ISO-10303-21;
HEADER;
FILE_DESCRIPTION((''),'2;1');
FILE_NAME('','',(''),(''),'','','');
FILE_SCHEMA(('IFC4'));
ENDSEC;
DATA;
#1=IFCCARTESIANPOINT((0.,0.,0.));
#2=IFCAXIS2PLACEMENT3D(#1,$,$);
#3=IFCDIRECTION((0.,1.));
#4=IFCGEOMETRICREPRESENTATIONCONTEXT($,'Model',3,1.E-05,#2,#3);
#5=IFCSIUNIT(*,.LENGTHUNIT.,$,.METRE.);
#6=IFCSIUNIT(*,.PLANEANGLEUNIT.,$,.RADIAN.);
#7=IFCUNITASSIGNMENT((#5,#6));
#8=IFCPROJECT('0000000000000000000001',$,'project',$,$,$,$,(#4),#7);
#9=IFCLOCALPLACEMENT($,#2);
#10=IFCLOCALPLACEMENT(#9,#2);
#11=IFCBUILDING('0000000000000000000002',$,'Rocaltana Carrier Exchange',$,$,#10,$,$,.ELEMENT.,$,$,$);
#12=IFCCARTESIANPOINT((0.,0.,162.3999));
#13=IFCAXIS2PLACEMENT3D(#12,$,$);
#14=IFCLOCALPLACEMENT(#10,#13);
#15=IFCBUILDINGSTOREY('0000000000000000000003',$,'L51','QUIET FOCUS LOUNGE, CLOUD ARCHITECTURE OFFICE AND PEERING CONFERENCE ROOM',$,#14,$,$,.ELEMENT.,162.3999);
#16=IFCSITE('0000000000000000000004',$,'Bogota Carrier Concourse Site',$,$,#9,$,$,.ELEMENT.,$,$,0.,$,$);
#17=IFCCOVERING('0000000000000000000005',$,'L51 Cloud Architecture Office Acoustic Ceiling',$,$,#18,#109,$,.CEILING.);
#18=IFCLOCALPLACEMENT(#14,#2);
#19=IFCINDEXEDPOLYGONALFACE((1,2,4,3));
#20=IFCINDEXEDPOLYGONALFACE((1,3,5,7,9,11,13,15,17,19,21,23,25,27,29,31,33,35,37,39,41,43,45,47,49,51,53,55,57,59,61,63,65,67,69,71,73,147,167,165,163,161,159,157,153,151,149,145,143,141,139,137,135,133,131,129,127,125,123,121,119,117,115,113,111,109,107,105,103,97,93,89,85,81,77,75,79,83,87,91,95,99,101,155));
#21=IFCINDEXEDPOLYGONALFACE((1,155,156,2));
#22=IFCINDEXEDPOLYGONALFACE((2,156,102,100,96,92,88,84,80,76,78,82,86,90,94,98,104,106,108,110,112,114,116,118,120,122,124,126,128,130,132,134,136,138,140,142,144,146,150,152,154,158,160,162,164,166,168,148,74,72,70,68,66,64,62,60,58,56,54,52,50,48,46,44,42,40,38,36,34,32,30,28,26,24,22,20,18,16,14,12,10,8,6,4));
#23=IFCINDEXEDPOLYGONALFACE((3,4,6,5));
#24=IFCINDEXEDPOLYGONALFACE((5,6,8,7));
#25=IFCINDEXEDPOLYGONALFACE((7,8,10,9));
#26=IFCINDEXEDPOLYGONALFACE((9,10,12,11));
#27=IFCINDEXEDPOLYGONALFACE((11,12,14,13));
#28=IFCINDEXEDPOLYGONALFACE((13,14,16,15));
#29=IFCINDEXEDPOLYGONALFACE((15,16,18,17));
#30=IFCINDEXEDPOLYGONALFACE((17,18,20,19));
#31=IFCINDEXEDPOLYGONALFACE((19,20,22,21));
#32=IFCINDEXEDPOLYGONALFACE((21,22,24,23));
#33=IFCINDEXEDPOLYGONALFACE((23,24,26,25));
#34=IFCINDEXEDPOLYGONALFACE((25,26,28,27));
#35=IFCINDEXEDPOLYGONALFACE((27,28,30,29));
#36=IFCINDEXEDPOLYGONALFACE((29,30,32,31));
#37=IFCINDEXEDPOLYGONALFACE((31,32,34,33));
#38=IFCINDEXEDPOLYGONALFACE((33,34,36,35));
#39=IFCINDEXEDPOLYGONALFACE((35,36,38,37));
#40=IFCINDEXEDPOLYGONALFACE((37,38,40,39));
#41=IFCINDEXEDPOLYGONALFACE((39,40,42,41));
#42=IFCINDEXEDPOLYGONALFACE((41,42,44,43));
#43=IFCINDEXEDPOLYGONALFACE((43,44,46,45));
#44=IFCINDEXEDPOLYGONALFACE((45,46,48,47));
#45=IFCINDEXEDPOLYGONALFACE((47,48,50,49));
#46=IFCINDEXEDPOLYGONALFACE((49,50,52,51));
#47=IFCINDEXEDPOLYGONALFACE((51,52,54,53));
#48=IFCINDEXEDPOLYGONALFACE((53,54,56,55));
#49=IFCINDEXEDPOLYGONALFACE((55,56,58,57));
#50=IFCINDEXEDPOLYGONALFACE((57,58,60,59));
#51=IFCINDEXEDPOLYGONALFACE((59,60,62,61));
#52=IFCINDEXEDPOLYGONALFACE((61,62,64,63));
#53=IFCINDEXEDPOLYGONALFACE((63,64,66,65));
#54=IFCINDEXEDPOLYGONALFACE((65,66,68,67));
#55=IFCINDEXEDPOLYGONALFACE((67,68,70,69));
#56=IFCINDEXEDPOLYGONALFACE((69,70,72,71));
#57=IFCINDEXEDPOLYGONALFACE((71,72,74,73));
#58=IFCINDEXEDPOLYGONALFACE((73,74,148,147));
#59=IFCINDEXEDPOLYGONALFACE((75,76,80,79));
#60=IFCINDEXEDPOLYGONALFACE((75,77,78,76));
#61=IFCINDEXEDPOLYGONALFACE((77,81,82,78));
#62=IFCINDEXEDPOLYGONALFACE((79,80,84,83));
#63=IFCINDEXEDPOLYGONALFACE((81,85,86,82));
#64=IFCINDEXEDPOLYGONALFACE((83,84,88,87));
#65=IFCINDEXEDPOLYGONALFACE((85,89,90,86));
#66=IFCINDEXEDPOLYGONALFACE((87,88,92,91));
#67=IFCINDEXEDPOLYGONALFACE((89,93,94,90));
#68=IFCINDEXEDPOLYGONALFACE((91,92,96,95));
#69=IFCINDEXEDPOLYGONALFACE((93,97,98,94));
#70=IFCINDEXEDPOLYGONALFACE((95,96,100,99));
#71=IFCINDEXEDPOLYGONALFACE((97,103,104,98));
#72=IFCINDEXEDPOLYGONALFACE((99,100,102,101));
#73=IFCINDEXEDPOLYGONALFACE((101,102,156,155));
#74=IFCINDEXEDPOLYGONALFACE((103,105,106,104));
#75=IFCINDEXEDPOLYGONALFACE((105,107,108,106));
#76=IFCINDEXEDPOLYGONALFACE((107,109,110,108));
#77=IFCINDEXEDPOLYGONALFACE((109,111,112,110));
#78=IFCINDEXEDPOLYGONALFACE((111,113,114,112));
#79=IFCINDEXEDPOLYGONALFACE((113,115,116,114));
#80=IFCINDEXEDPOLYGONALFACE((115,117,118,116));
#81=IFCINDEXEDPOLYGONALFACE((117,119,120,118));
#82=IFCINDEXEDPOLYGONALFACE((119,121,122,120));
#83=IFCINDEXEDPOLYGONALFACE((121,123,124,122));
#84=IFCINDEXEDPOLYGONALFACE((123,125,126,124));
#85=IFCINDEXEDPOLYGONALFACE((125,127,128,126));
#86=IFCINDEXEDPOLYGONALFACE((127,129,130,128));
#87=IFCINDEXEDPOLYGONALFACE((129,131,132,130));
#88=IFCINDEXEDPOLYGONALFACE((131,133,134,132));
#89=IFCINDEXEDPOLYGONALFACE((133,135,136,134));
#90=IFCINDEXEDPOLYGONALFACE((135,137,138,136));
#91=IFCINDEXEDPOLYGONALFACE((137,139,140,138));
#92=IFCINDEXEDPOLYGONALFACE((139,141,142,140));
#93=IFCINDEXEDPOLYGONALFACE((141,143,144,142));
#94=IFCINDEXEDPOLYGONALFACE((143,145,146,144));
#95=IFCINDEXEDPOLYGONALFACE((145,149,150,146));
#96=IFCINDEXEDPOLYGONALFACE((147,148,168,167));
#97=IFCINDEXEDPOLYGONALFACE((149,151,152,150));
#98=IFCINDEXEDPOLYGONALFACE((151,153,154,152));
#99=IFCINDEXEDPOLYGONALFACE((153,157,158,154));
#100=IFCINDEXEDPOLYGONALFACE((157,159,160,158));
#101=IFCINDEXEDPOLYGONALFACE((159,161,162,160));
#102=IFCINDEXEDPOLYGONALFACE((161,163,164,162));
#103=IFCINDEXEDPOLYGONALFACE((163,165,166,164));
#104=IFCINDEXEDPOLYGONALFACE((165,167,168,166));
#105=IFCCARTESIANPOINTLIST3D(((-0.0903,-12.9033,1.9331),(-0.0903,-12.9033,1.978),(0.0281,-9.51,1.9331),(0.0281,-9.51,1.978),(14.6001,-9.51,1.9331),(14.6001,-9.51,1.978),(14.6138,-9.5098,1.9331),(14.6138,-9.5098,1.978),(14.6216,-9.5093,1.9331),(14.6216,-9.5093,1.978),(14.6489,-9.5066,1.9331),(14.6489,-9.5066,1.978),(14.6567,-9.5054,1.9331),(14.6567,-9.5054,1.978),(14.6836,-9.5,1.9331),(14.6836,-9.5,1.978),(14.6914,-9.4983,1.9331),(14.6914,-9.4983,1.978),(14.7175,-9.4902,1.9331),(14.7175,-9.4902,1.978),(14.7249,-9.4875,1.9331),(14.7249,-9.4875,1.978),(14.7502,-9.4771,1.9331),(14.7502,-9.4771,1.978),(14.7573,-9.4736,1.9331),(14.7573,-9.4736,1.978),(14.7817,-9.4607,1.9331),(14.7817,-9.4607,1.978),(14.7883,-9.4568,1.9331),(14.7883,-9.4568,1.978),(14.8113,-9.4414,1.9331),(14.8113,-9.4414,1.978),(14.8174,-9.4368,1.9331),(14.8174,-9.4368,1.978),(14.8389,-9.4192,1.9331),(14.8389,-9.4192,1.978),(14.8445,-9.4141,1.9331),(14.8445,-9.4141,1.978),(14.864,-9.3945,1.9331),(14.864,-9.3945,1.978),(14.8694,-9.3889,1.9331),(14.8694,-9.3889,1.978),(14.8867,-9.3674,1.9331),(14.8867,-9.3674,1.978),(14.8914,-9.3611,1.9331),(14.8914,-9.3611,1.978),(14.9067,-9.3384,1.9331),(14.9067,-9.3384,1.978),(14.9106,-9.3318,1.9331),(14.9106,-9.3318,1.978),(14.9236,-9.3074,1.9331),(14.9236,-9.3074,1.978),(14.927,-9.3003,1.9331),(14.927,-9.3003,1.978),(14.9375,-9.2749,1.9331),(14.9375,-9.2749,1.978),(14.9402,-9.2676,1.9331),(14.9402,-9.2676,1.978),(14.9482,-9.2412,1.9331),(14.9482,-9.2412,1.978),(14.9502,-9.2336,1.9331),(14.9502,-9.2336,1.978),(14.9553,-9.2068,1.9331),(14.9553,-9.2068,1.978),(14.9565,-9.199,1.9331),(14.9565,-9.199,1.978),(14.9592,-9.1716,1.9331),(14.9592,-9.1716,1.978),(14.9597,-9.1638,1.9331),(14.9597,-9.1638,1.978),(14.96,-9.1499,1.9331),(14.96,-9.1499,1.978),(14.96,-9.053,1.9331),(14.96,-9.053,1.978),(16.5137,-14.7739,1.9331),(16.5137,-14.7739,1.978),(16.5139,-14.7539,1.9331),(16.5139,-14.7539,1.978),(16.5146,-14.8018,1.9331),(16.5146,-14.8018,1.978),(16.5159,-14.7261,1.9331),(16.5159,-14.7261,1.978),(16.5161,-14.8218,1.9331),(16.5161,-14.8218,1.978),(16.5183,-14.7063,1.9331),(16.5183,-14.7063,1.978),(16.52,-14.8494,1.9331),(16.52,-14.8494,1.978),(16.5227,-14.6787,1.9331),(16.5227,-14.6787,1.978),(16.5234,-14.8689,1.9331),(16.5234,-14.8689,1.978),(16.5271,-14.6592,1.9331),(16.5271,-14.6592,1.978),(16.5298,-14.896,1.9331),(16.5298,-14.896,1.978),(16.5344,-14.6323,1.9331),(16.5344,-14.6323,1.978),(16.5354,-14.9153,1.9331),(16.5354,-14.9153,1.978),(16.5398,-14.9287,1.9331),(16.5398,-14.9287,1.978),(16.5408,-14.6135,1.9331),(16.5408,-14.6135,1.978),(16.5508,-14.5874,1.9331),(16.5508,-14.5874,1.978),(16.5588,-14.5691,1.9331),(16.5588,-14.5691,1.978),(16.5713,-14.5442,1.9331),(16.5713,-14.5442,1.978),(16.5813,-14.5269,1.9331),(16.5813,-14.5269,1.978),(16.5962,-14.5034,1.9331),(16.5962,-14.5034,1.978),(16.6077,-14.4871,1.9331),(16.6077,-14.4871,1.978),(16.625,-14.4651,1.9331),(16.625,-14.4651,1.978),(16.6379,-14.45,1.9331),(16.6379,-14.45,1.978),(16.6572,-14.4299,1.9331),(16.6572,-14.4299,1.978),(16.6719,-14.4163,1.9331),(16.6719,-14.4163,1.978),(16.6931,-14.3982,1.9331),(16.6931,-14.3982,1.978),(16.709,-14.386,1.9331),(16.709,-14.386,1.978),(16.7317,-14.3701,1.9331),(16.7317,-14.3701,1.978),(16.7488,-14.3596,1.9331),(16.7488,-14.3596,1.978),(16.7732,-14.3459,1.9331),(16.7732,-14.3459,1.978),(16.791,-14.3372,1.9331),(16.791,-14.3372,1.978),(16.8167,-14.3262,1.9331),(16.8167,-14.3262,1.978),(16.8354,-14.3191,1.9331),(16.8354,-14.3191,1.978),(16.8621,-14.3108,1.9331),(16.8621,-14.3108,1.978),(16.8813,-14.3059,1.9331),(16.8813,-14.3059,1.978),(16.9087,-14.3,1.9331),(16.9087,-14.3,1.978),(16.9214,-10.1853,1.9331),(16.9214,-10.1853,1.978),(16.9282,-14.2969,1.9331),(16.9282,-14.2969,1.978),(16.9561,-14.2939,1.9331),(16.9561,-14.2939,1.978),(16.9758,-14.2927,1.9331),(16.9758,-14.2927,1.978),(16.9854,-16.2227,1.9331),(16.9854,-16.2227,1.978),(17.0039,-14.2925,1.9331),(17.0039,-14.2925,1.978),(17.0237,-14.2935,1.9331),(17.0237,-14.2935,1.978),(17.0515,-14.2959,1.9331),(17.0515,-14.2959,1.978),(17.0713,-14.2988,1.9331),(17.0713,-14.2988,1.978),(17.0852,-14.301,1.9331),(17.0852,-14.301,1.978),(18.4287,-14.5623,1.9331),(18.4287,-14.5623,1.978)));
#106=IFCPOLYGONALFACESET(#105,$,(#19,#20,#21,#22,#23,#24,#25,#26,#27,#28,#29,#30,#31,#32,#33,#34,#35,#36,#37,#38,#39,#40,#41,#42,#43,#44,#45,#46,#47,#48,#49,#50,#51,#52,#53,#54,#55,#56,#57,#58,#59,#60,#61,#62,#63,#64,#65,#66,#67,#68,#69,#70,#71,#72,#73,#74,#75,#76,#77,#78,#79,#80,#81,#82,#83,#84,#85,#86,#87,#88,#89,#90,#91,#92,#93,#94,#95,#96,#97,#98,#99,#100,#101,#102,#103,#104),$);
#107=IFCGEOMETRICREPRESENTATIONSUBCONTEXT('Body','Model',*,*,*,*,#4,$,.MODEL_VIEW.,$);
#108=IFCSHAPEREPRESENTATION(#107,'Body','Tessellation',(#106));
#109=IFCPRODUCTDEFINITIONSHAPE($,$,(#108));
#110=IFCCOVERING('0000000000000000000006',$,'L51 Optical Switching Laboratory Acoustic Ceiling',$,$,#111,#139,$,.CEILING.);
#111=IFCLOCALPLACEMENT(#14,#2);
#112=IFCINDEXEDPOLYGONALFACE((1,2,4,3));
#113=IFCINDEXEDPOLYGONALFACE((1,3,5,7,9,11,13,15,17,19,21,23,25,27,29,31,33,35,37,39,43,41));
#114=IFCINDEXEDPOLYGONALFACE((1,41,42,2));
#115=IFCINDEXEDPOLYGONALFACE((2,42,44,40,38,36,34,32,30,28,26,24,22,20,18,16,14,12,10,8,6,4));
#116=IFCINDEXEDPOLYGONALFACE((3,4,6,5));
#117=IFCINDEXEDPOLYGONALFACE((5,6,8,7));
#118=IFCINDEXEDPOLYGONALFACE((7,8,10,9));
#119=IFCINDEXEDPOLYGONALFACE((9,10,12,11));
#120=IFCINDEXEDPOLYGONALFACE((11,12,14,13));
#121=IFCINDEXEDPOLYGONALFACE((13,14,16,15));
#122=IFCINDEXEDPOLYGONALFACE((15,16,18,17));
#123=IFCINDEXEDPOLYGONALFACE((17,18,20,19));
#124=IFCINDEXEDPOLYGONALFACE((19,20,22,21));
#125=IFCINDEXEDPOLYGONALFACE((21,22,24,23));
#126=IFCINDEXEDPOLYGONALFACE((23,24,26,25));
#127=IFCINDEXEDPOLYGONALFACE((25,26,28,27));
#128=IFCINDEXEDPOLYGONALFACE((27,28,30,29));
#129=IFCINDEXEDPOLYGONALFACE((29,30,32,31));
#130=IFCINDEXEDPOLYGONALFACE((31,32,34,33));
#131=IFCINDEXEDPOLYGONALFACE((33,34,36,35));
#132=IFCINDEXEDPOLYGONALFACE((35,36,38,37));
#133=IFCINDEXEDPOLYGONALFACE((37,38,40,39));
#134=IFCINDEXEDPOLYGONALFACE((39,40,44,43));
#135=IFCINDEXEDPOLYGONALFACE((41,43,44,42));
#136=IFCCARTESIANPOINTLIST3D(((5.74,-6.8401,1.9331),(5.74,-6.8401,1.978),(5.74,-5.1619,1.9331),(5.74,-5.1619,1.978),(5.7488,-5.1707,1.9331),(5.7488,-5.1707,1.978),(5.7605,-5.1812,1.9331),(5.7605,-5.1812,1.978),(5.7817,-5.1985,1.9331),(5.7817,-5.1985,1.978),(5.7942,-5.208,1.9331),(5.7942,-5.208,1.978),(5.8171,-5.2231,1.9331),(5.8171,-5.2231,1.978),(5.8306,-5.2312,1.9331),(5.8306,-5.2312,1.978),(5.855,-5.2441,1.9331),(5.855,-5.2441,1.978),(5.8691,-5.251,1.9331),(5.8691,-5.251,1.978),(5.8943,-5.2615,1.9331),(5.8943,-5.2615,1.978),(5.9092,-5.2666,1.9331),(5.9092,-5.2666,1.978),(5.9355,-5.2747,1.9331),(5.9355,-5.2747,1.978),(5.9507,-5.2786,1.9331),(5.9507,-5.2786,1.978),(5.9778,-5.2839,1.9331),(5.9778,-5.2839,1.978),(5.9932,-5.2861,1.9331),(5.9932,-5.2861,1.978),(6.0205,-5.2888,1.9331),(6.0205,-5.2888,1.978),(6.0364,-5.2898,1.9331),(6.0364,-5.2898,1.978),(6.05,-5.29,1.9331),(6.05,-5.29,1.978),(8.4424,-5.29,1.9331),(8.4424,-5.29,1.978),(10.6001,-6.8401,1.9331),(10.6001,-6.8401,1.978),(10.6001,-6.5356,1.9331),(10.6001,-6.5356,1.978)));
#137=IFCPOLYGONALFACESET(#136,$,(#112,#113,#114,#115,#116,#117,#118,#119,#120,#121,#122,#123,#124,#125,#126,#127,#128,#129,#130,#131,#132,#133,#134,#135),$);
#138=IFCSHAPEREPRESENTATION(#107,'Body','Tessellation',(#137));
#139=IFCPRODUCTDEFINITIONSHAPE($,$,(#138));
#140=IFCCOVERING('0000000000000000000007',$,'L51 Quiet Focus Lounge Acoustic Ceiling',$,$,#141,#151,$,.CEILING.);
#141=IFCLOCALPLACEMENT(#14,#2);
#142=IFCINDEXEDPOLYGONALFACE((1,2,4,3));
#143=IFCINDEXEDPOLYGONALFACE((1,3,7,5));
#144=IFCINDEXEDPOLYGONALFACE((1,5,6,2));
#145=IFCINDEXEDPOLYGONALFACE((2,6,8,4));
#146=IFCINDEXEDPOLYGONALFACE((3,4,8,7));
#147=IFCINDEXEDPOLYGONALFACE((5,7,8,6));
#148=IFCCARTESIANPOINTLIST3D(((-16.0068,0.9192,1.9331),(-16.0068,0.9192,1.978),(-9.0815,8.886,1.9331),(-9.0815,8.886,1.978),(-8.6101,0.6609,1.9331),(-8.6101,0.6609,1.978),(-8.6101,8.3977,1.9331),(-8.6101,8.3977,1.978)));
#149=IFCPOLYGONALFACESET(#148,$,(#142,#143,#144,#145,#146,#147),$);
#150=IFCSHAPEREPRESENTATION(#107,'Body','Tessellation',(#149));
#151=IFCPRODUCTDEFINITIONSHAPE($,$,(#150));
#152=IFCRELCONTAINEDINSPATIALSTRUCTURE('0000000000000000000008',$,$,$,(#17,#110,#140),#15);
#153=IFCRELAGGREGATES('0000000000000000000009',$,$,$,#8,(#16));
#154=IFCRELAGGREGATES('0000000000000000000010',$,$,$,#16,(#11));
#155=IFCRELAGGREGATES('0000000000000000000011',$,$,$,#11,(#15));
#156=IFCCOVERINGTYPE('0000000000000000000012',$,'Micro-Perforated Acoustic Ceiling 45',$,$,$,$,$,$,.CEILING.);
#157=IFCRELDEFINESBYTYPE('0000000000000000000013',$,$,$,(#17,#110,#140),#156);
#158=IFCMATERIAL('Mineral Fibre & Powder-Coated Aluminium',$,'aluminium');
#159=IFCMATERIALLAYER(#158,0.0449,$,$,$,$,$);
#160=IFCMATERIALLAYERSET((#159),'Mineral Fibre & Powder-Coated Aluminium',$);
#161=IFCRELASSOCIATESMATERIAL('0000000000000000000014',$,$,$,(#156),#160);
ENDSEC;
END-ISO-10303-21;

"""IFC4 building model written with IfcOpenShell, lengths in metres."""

from ifc_helpers import new_model, si_unit, direction, frame, origin, place, context, subcontext, project, spatial, polyline, outline, extrude, material, layer, layer_set, type_object, element, save


model = new_model("IFC4")

# Units and contexts
model_context = context("Model", 3, precision=1e-05, world=origin(), true_north=direction((0.0, 1.0)))
body_context = subcontext(model_context, "Body", "Model", "MODEL_VIEW")
ifc_project = project(units=[si_unit("LENGTHUNIT", "METRE"), si_unit("PLANEANGLEUNIT", "RADIAN")], contexts=[model_context])

# Site, building, storey
site_placement = place(None, origin())
site = spatial("IfcSite", under=ifc_project, at=site_placement, Name="Bogota Carrier Concourse Site", CompositionType="ELEMENT", RefElevation=0.0)
building_placement = place(site_placement, origin())
building = spatial("IfcBuilding", under=site, at=building_placement, Name="Rocaltana Carrier Exchange", CompositionType="ELEMENT")
storey_placement = place(building_placement, frame((0.0, 0.0, 162.3999)))
storey = spatial("IfcBuildingStorey", under=building, at=storey_placement, Name="L51", Description="QUIET FOCUS LOUNGE, CLOUD ARCHITECTURE OFFICE AND PEERING CONFERENCE ROOM", CompositionType="ELEMENT", Elevation=162.3999)

# Coverings
ifc_material_1 = material(Name="Mineral Fibre & Powder-Coated Aluminium", Category="aluminium")
ifc_layer_1 = layer(ifc_material_1, 0.0449)
ifc_layer_set_1 = layer_set([ifc_layer_1], Name="Mineral Fibre & Powder-Coated Aluminium")
covering_type_1 = type_object("IfcCoveringType", Name="Micro-Perforated Acoustic Ceiling 45", PredefinedType="CEILING", material=ifc_layer_set_1)
covering_1_placement = place(storey_placement, frame((0.0, 0.0, 1.9331)))
element("IfcCovering", 1, at=covering_1_placement, inside=storey, type_object=covering_type_1, Name="L51 Cloud Architecture Office Acoustic Ceiling", PredefinedType="CEILING", context=body_context, shape_type="SweptSolid", body=[
    extrude(outline(polyline([(18.4287, -14.5623), (17.0852, -14.301), (17.0713, -14.2988), (17.0515, -14.2959), (17.0237, -14.2935), (17.0039, -14.2925), (16.9758, -14.2927), (16.9561, -14.2939), (16.9282, -14.2969), (16.9087, -14.3), (16.8813, -14.3059), (16.8621, -14.3108), (16.8354, -14.3191), (16.8167, -14.3262), (16.791, -14.3372), (16.7732, -14.3459), (16.7488, -14.3596), (16.7317, -14.3701), (16.709, -14.386), (16.6931, -14.3982), (16.6719, -14.4163), (16.6572, -14.4299), (16.6379, -14.45), (16.625, -14.4651), (16.6077, -14.4871), (16.5962, -14.5034), (16.5813, -14.5269), (16.5713, -14.5442), (16.5588, -14.5691), (16.5508, -14.5874), (16.5408, -14.6135), (16.5344, -14.6323), (16.5271, -14.6592), (16.5227, -14.6787), (16.5183, -14.7063), (16.5159, -14.7261), (16.5139, -14.7539), (16.5137, -14.7739), (16.5146, -14.8018), (16.5161, -14.8218), (16.52, -14.8494), (16.5234, -14.8689), (16.5298, -14.896), (16.5354, -14.9153), (16.5398, -14.9287), (16.9854, -16.2227), (-0.0903, -12.9033), (0.0281, -9.51), (14.6001, -9.51), (14.6138, -9.5098), (14.6216, -9.5093), (14.6489, -9.5066), (14.6567, -9.5054), (14.6836, -9.5), (14.6914, -9.4983), (14.7175, -9.4902), (14.7249, -9.4875), (14.7502, -9.4771), (14.7573, -9.4736), (14.7817, -9.4607), (14.7883, -9.4568), (14.8113, -9.4414), (14.8174, -9.4368), (14.8389, -9.4192), (14.8445, -9.4141), (14.864, -9.3945), (14.8694, -9.3889), (14.8867, -9.3674), (14.8914, -9.3611), (14.9067, -9.3384), (14.9106, -9.3318), (14.9236, -9.3074), (14.927, -9.3003), (14.9375, -9.2749), (14.9402, -9.2676), (14.9482, -9.2412), (14.9502, -9.2336), (14.9553, -9.2068), (14.9565, -9.199), (14.9592, -9.1716), (14.9597, -9.1638), (14.96, -9.1499), (14.96, -9.053), (16.9214, -10.1853), (18.4287, -14.5623)])), origin(), (0.0, 0.0, 1.0), 0.0449),
])
covering_2_placement = place(storey_placement, frame((0.0, 0.0, 1.9331)))
element("IfcCovering", 2, at=covering_2_placement, inside=storey, type_object=covering_type_1, Name="L51 Optical Switching Laboratory Acoustic Ceiling", PredefinedType="CEILING", context=body_context, shape_type="SweptSolid", body=[
    extrude(outline(polyline([(5.74, -6.8401), (5.74, -5.1619), (5.7488, -5.1707), (5.7605, -5.1812), (5.7817, -5.1985), (5.7942, -5.208), (5.8171, -5.2231), (5.8306, -5.2312), (5.855, -5.2441), (5.8691, -5.251), (5.8943, -5.2615), (5.9092, -5.2666), (5.9355, -5.2747), (5.9507, -5.2786), (5.9778, -5.2839), (5.9932, -5.2861), (6.0205, -5.2888), (6.0364, -5.2898), (6.05, -5.29), (8.4424, -5.29), (10.6001, -6.5356), (10.6001, -6.8401), (5.74, -6.8401)])), origin(), (0.0, 0.0, 1.0), 0.0449),
])
covering_3_placement = place(storey_placement, frame((0.0, 0.0, 1.9331)))
element("IfcCovering", 3, at=covering_3_placement, inside=storey, type_object=covering_type_1, Name="L51 Quiet Focus Lounge Acoustic Ceiling", PredefinedType="CEILING", context=body_context, shape_type="SweptSolid", body=[
    extrude(outline(polyline([(-9.0815, 8.886), (-8.6101, 8.3977), (-8.6101, 0.6609), (-16.0068, 0.9192), (-9.0815, 8.886)])), origin(), (0.0, 0.0, 1.0), 0.0449),
])

save(model, "model.ifc")
